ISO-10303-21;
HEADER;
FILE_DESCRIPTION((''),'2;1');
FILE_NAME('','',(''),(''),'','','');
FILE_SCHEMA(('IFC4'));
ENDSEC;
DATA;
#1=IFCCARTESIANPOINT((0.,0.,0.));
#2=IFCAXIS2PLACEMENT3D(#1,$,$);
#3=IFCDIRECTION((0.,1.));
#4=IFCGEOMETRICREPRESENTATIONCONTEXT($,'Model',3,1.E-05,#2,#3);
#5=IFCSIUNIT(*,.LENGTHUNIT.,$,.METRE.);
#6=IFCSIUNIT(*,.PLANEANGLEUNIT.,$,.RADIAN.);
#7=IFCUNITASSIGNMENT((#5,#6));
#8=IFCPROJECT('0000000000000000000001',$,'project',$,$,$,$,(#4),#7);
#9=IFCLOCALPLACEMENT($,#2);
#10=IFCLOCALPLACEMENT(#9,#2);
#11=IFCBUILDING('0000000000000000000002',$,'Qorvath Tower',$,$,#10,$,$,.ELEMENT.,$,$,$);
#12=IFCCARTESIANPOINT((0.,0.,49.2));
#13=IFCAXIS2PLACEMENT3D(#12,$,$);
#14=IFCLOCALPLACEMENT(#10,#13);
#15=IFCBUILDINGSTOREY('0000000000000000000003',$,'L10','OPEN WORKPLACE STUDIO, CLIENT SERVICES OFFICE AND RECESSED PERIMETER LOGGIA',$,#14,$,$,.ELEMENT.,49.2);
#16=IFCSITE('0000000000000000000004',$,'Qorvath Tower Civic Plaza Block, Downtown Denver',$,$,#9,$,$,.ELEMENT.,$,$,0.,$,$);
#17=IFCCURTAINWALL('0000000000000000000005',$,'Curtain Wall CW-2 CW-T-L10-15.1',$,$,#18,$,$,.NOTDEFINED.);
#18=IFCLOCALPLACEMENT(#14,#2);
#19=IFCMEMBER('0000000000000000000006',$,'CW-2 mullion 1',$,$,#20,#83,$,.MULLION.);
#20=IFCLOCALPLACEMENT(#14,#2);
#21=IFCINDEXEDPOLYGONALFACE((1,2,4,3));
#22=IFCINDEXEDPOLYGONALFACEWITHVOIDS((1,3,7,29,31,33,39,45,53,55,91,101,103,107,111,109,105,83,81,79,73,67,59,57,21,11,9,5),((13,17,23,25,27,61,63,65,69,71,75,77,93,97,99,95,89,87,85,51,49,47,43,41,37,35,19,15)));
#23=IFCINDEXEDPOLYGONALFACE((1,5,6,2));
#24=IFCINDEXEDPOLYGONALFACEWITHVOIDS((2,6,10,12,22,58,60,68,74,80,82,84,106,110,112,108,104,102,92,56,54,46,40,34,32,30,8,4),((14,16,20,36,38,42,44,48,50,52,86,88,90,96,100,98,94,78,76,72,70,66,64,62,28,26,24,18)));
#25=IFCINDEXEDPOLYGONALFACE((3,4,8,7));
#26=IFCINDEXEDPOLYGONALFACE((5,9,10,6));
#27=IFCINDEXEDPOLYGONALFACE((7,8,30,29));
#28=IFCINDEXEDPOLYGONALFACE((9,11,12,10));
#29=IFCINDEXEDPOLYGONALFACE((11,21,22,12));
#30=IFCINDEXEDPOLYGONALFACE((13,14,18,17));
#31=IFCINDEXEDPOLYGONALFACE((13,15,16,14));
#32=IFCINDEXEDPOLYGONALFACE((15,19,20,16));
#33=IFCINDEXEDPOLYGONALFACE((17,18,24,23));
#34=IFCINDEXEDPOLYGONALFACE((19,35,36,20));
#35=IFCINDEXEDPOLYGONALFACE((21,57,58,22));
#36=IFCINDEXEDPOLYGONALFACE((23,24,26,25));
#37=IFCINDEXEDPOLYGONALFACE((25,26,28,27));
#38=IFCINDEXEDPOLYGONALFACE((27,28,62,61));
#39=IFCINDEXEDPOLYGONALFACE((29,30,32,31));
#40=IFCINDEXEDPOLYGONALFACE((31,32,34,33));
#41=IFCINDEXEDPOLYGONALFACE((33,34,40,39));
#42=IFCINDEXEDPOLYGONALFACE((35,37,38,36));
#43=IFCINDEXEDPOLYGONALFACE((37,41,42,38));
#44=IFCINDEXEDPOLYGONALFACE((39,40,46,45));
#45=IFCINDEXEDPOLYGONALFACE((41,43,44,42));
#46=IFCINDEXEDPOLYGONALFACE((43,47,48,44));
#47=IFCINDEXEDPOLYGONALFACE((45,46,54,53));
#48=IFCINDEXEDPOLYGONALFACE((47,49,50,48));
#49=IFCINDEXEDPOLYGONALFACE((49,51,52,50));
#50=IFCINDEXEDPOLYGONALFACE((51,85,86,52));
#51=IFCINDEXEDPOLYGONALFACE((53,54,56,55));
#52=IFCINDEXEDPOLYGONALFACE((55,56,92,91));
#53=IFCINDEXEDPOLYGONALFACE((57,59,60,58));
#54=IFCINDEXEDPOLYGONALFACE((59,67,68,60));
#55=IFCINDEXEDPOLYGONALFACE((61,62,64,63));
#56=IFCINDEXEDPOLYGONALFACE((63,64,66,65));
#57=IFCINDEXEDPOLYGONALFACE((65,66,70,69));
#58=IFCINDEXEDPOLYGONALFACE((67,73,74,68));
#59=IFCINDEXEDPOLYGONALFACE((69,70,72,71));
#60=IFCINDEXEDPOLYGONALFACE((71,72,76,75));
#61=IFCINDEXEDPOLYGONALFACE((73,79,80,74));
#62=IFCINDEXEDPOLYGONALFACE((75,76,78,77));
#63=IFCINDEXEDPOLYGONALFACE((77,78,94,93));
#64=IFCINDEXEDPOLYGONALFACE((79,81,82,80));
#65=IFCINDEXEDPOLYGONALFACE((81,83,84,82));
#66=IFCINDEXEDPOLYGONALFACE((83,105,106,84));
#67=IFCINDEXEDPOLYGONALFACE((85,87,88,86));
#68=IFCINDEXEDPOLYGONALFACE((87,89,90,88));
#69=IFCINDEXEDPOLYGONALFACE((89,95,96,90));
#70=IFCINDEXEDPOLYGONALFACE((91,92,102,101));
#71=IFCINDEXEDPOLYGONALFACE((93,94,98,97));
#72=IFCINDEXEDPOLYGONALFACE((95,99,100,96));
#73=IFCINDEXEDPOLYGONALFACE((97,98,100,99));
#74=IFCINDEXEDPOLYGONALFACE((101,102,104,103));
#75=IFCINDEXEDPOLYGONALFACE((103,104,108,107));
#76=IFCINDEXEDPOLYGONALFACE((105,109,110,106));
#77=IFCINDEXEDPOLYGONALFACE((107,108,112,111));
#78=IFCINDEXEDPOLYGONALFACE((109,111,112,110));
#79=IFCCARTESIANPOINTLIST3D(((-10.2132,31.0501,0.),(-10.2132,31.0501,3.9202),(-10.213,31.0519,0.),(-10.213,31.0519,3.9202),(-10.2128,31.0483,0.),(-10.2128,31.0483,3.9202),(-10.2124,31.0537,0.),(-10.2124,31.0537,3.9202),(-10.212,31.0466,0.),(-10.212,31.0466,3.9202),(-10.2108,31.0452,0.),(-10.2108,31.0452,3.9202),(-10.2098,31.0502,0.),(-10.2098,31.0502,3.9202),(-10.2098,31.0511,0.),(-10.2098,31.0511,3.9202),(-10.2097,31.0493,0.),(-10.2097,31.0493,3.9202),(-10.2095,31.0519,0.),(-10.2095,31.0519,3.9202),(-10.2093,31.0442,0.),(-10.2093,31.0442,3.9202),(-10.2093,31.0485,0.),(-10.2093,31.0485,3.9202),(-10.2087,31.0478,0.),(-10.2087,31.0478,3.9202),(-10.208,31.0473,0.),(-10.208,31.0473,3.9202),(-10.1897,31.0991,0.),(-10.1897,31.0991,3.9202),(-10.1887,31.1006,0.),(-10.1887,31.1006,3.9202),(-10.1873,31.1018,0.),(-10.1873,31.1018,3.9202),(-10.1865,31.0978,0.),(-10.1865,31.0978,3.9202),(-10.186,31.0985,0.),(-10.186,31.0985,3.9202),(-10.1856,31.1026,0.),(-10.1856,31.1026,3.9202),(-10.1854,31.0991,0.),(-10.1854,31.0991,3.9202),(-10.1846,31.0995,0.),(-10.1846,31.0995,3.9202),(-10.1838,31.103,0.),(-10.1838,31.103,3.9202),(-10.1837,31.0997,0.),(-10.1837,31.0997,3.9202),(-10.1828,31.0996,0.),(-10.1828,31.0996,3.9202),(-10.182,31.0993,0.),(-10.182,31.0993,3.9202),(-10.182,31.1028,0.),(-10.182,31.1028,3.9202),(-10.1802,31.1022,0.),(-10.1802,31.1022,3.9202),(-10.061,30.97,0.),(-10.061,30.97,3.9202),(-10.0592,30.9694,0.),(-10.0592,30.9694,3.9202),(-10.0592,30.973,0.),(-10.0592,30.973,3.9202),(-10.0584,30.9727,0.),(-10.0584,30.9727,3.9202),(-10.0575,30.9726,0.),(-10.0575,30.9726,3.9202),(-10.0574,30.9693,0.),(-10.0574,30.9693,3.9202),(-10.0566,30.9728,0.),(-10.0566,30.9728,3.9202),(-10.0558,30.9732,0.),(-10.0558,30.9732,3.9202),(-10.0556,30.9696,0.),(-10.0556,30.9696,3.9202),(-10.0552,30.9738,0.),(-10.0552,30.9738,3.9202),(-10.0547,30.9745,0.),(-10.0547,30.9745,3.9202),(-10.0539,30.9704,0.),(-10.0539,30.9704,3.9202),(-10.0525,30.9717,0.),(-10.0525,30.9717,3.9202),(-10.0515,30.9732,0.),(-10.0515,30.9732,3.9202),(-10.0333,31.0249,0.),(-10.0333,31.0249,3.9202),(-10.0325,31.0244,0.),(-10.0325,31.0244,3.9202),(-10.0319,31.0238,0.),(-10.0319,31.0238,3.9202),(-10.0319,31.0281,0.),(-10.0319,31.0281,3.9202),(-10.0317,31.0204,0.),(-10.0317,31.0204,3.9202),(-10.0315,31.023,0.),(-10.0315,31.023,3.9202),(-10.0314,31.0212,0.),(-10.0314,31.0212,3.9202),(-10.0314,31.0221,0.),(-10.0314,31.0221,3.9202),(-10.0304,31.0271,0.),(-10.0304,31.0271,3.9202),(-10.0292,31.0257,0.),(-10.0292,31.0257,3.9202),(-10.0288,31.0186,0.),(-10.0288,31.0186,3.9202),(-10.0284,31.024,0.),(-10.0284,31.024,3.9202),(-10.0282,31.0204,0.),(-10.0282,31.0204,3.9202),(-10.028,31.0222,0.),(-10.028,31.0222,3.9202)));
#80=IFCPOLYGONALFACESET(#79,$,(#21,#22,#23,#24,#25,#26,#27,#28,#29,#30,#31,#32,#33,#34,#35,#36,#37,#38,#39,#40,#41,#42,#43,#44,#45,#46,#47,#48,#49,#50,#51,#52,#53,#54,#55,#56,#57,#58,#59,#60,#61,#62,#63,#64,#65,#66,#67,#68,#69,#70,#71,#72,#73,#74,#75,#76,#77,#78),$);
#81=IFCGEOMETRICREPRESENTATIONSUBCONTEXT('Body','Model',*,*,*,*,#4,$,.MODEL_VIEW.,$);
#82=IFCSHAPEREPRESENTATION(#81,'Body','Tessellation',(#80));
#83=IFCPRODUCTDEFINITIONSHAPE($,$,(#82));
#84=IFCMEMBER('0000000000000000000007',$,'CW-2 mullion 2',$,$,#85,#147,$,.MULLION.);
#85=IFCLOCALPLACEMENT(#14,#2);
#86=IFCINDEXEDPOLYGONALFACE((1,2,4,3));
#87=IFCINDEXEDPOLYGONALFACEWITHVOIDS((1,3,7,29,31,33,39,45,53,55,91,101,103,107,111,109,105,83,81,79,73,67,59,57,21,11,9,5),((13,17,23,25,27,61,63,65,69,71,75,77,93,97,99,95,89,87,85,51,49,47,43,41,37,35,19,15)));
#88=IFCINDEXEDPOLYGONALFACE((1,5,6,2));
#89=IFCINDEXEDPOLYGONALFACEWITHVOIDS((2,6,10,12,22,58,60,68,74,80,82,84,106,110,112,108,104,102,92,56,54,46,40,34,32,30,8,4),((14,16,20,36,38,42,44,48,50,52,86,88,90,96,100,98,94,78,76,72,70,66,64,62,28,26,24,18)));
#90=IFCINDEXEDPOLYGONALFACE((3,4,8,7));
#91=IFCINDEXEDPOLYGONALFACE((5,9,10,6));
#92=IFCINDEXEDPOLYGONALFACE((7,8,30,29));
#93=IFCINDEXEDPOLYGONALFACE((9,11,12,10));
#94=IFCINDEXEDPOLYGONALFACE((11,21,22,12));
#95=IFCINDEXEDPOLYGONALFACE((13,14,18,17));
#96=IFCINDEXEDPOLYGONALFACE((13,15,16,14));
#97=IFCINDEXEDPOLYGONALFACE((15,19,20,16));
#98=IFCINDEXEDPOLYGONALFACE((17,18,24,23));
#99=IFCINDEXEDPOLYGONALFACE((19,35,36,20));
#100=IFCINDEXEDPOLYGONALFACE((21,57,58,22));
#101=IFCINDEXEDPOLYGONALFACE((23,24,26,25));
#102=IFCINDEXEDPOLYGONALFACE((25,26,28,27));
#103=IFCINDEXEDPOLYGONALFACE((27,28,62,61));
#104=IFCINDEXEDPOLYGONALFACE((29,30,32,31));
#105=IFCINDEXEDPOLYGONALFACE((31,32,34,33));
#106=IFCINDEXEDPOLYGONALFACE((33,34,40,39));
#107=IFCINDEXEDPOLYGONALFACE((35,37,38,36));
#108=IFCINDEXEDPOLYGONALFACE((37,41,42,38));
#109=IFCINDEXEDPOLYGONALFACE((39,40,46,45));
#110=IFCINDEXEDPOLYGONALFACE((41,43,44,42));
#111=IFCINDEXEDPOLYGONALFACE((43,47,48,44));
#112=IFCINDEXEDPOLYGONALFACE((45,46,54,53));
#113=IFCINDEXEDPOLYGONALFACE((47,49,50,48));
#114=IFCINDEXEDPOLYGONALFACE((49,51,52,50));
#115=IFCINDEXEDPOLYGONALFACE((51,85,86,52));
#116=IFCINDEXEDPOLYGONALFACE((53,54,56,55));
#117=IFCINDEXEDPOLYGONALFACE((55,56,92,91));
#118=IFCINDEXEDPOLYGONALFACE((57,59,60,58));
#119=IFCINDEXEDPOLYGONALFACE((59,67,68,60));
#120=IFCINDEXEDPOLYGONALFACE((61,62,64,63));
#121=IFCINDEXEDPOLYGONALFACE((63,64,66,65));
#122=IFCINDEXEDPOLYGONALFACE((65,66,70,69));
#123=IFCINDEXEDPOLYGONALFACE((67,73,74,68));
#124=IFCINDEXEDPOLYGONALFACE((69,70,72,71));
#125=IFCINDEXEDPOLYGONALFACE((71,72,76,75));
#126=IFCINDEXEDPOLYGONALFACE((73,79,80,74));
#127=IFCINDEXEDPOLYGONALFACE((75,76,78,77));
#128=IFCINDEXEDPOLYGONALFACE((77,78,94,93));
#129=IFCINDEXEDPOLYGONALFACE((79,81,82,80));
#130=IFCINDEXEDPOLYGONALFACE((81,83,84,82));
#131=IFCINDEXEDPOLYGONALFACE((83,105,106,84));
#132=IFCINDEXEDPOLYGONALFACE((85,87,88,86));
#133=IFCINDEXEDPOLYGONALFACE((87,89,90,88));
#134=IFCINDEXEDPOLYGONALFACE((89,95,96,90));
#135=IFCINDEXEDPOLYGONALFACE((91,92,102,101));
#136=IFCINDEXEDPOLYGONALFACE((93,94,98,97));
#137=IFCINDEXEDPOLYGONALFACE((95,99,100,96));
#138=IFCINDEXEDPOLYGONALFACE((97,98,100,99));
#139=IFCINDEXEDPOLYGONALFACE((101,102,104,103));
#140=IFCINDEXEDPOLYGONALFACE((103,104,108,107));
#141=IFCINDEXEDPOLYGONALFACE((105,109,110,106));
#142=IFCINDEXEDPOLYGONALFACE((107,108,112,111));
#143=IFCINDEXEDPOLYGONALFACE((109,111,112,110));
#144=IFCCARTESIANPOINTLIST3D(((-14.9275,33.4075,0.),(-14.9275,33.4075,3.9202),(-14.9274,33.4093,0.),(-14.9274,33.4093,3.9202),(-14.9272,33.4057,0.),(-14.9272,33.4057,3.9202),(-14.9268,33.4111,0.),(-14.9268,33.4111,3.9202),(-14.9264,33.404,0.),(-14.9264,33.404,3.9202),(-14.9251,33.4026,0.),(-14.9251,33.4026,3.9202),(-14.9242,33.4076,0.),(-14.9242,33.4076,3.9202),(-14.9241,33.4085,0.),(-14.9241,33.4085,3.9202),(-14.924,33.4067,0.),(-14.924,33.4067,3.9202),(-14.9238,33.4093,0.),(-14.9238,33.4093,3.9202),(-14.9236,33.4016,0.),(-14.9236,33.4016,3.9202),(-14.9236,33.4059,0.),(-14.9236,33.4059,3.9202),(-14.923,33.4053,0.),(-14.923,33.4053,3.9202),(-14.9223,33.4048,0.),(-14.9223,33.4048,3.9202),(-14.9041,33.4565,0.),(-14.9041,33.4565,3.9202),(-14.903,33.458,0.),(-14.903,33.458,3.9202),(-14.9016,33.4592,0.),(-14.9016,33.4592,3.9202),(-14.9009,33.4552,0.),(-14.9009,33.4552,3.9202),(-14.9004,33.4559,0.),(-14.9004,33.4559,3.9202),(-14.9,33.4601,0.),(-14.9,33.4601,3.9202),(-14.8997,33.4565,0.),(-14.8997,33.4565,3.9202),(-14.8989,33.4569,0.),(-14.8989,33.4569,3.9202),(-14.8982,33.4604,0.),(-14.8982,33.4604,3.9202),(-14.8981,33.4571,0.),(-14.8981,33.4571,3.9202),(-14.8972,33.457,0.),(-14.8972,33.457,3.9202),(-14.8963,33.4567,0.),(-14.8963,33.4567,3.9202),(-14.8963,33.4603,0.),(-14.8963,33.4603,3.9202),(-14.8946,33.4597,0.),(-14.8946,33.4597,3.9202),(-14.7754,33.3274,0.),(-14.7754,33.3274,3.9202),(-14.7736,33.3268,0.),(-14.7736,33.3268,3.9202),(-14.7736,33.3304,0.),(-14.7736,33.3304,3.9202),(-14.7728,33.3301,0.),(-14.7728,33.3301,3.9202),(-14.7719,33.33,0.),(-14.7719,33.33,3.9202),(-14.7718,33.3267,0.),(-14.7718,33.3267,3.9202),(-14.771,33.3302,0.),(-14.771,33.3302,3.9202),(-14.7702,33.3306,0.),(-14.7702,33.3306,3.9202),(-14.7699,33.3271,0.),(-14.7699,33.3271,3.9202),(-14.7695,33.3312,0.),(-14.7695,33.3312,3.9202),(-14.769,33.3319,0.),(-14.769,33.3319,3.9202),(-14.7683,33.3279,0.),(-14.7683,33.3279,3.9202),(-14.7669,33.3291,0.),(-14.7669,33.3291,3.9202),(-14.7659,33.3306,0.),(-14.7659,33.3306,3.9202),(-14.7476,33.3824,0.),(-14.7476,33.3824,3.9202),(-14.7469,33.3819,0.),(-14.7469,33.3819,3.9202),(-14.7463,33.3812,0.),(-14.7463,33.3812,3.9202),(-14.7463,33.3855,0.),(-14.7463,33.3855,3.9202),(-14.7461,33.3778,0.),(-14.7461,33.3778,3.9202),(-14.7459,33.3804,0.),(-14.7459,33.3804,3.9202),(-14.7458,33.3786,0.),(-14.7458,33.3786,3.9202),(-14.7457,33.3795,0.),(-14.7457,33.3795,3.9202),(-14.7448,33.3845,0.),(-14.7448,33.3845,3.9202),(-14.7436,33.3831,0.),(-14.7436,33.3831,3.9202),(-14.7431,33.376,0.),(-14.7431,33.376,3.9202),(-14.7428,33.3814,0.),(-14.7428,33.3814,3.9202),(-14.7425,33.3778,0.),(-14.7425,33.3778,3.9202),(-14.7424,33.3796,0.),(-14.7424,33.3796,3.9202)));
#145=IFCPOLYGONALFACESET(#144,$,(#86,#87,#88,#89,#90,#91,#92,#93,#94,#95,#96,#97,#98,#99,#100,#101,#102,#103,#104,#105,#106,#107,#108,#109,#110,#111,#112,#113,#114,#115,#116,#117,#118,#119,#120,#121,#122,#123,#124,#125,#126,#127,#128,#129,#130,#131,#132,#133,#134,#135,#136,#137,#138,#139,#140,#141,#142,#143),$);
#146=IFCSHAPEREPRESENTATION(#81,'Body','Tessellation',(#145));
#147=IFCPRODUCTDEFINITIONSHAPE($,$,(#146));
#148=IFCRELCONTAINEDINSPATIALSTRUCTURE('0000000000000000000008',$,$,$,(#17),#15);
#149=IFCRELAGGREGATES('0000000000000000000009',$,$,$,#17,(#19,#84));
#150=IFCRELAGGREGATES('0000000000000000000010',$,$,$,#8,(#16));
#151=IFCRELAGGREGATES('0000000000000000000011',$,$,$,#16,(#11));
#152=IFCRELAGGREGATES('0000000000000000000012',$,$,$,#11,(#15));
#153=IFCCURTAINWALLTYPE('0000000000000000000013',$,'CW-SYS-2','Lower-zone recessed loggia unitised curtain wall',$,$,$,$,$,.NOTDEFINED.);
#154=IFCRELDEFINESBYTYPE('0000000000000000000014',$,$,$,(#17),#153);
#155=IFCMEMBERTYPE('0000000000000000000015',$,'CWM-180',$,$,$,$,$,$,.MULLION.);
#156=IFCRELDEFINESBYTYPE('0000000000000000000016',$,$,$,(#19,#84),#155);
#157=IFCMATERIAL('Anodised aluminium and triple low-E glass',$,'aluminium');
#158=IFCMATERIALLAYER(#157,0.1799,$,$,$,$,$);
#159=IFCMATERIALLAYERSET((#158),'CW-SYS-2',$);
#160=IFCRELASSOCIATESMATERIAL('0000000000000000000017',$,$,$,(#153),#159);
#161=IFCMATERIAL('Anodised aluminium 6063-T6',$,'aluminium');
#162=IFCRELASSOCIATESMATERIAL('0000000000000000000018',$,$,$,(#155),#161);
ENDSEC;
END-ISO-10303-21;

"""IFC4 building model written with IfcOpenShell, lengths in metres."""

from ifc_helpers import new_model, si_unit, direction, frame, origin, origin_2d, place, context, subcontext, project, spatial, hollow_rectangle, extrude, material, layer, layer_set, material_profile, profile_set, type_object, element, aggregate, save


model = new_model("IFC4")

# Units and contexts
model_context = context("Model", 3, precision=1e-05, world=origin(), true_north=direction((0.0, 1.0)))
body_context = subcontext(model_context, "Body", "Model", "MODEL_VIEW")
ifc_project = project(units=[si_unit("LENGTHUNIT", "METRE"), si_unit("PLANEANGLEUNIT", "RADIAN")], contexts=[model_context])

# Site, building, storey
site_placement = place(None, origin())
site = spatial("IfcSite", under=ifc_project, at=site_placement, Name="Qorvath Tower Civic Plaza Block, Downtown Denver", CompositionType="ELEMENT", RefElevation=0.0)
building_placement = place(site_placement, origin())
building = spatial("IfcBuilding", under=site, at=building_placement, Name="Qorvath Tower", CompositionType="ELEMENT")
storey_placement = place(building_placement, frame((0.0, 0.0, 49.2)))
storey = spatial("IfcBuildingStorey", under=building, at=storey_placement, Name="L10", Description="OPEN WORKPLACE STUDIO, CLIENT SERVICES OFFICE AND RECESSED PERIMETER LOGGIA", CompositionType="ELEMENT", Elevation=49.2)

# Curtain wall, members
ifc_material_1 = material(Name="Anodised aluminium and triple low-E glass", Category="aluminium")
ifc_layer_1 = layer(ifc_material_1, 0.1799)
ifc_layer_set_1 = layer_set([ifc_layer_1], Name="CW-SYS-2")
curtain_wall_type = type_object("IfcCurtainWallType", Name="CW-SYS-2", Description="Lower-zone recessed loggia unitised curtain wall", PredefinedType="NOTDEFINED", material=ifc_layer_set_1)
ifc_material_2 = material(Name="Anodised aluminium 6063-T6", Category="aluminium")
ifc_material_profile_1 = material_profile(ifc_material_2, hollow_rectangle(XDim=0.0649, YDim=0.1799, WallThickness=0.0034, InnerFilletRadius=0.0034, OuterFilletRadius=0.0071, at=origin_2d()), Name="CWM 180x65")
ifc_profile_set_1 = profile_set([ifc_material_profile_1], Name="Anodised aluminium 6063-T6")
member_type_1 = type_object("IfcMemberType", Name="CWM-180", PredefinedType="MULLION", material=ifc_profile_set_1)
curtain_wall_1_placement = place(storey_placement, origin())
curtain_wall_1 = element("IfcCurtainWall", 1, at=curtain_wall_1_placement, inside=storey, type_object=curtain_wall_type, Name="Curtain Wall CW-2 CW-T-L10-15.1", PredefinedType="NOTDEFINED")
member_1_placement = place(storey_placement, frame((-10.1206, 31.0361, 0.0), z_axis=(0.0, 0.0, 1.0), x_axis=(-0.447259, -0.894405, 0.0)))
member_1 = element("IfcMember", 2, at=member_1_placement, type_object=member_type_1, Name="CW-2 mullion 1", PredefinedType="MULLION", context=body_context, shape_type="SweptSolid", body=[
    extrude(hollow_rectangle(XDim=0.0649, YDim=0.1799, WallThickness=0.0034, InnerFilletRadius=0.0034, OuterFilletRadius=0.0071, at=origin_2d()), origin(), (0.0, 0.0, 1.0), 3.9202),
])
member_2_placement = place(storey_placement, frame((-14.835, 33.3936, 0.0), z_axis=(0.0, 0.0, 1.0), x_axis=(-0.447259, -0.894405, 0.0)))
member_2 = element("IfcMember", 3, at=member_2_placement, type_object=member_type_1, Name="CW-2 mullion 2", PredefinedType="MULLION", context=body_context, shape_type="SweptSolid", body=[
    extrude(hollow_rectangle(XDim=0.0649, YDim=0.1799, WallThickness=0.0034, InnerFilletRadius=0.0034, OuterFilletRadius=0.0071, at=origin_2d()), origin(), (0.0, 0.0, 1.0), 3.9202),
])

aggregate(curtain_wall_1, [member_1, member_2])

save(model, "model.ifc")
